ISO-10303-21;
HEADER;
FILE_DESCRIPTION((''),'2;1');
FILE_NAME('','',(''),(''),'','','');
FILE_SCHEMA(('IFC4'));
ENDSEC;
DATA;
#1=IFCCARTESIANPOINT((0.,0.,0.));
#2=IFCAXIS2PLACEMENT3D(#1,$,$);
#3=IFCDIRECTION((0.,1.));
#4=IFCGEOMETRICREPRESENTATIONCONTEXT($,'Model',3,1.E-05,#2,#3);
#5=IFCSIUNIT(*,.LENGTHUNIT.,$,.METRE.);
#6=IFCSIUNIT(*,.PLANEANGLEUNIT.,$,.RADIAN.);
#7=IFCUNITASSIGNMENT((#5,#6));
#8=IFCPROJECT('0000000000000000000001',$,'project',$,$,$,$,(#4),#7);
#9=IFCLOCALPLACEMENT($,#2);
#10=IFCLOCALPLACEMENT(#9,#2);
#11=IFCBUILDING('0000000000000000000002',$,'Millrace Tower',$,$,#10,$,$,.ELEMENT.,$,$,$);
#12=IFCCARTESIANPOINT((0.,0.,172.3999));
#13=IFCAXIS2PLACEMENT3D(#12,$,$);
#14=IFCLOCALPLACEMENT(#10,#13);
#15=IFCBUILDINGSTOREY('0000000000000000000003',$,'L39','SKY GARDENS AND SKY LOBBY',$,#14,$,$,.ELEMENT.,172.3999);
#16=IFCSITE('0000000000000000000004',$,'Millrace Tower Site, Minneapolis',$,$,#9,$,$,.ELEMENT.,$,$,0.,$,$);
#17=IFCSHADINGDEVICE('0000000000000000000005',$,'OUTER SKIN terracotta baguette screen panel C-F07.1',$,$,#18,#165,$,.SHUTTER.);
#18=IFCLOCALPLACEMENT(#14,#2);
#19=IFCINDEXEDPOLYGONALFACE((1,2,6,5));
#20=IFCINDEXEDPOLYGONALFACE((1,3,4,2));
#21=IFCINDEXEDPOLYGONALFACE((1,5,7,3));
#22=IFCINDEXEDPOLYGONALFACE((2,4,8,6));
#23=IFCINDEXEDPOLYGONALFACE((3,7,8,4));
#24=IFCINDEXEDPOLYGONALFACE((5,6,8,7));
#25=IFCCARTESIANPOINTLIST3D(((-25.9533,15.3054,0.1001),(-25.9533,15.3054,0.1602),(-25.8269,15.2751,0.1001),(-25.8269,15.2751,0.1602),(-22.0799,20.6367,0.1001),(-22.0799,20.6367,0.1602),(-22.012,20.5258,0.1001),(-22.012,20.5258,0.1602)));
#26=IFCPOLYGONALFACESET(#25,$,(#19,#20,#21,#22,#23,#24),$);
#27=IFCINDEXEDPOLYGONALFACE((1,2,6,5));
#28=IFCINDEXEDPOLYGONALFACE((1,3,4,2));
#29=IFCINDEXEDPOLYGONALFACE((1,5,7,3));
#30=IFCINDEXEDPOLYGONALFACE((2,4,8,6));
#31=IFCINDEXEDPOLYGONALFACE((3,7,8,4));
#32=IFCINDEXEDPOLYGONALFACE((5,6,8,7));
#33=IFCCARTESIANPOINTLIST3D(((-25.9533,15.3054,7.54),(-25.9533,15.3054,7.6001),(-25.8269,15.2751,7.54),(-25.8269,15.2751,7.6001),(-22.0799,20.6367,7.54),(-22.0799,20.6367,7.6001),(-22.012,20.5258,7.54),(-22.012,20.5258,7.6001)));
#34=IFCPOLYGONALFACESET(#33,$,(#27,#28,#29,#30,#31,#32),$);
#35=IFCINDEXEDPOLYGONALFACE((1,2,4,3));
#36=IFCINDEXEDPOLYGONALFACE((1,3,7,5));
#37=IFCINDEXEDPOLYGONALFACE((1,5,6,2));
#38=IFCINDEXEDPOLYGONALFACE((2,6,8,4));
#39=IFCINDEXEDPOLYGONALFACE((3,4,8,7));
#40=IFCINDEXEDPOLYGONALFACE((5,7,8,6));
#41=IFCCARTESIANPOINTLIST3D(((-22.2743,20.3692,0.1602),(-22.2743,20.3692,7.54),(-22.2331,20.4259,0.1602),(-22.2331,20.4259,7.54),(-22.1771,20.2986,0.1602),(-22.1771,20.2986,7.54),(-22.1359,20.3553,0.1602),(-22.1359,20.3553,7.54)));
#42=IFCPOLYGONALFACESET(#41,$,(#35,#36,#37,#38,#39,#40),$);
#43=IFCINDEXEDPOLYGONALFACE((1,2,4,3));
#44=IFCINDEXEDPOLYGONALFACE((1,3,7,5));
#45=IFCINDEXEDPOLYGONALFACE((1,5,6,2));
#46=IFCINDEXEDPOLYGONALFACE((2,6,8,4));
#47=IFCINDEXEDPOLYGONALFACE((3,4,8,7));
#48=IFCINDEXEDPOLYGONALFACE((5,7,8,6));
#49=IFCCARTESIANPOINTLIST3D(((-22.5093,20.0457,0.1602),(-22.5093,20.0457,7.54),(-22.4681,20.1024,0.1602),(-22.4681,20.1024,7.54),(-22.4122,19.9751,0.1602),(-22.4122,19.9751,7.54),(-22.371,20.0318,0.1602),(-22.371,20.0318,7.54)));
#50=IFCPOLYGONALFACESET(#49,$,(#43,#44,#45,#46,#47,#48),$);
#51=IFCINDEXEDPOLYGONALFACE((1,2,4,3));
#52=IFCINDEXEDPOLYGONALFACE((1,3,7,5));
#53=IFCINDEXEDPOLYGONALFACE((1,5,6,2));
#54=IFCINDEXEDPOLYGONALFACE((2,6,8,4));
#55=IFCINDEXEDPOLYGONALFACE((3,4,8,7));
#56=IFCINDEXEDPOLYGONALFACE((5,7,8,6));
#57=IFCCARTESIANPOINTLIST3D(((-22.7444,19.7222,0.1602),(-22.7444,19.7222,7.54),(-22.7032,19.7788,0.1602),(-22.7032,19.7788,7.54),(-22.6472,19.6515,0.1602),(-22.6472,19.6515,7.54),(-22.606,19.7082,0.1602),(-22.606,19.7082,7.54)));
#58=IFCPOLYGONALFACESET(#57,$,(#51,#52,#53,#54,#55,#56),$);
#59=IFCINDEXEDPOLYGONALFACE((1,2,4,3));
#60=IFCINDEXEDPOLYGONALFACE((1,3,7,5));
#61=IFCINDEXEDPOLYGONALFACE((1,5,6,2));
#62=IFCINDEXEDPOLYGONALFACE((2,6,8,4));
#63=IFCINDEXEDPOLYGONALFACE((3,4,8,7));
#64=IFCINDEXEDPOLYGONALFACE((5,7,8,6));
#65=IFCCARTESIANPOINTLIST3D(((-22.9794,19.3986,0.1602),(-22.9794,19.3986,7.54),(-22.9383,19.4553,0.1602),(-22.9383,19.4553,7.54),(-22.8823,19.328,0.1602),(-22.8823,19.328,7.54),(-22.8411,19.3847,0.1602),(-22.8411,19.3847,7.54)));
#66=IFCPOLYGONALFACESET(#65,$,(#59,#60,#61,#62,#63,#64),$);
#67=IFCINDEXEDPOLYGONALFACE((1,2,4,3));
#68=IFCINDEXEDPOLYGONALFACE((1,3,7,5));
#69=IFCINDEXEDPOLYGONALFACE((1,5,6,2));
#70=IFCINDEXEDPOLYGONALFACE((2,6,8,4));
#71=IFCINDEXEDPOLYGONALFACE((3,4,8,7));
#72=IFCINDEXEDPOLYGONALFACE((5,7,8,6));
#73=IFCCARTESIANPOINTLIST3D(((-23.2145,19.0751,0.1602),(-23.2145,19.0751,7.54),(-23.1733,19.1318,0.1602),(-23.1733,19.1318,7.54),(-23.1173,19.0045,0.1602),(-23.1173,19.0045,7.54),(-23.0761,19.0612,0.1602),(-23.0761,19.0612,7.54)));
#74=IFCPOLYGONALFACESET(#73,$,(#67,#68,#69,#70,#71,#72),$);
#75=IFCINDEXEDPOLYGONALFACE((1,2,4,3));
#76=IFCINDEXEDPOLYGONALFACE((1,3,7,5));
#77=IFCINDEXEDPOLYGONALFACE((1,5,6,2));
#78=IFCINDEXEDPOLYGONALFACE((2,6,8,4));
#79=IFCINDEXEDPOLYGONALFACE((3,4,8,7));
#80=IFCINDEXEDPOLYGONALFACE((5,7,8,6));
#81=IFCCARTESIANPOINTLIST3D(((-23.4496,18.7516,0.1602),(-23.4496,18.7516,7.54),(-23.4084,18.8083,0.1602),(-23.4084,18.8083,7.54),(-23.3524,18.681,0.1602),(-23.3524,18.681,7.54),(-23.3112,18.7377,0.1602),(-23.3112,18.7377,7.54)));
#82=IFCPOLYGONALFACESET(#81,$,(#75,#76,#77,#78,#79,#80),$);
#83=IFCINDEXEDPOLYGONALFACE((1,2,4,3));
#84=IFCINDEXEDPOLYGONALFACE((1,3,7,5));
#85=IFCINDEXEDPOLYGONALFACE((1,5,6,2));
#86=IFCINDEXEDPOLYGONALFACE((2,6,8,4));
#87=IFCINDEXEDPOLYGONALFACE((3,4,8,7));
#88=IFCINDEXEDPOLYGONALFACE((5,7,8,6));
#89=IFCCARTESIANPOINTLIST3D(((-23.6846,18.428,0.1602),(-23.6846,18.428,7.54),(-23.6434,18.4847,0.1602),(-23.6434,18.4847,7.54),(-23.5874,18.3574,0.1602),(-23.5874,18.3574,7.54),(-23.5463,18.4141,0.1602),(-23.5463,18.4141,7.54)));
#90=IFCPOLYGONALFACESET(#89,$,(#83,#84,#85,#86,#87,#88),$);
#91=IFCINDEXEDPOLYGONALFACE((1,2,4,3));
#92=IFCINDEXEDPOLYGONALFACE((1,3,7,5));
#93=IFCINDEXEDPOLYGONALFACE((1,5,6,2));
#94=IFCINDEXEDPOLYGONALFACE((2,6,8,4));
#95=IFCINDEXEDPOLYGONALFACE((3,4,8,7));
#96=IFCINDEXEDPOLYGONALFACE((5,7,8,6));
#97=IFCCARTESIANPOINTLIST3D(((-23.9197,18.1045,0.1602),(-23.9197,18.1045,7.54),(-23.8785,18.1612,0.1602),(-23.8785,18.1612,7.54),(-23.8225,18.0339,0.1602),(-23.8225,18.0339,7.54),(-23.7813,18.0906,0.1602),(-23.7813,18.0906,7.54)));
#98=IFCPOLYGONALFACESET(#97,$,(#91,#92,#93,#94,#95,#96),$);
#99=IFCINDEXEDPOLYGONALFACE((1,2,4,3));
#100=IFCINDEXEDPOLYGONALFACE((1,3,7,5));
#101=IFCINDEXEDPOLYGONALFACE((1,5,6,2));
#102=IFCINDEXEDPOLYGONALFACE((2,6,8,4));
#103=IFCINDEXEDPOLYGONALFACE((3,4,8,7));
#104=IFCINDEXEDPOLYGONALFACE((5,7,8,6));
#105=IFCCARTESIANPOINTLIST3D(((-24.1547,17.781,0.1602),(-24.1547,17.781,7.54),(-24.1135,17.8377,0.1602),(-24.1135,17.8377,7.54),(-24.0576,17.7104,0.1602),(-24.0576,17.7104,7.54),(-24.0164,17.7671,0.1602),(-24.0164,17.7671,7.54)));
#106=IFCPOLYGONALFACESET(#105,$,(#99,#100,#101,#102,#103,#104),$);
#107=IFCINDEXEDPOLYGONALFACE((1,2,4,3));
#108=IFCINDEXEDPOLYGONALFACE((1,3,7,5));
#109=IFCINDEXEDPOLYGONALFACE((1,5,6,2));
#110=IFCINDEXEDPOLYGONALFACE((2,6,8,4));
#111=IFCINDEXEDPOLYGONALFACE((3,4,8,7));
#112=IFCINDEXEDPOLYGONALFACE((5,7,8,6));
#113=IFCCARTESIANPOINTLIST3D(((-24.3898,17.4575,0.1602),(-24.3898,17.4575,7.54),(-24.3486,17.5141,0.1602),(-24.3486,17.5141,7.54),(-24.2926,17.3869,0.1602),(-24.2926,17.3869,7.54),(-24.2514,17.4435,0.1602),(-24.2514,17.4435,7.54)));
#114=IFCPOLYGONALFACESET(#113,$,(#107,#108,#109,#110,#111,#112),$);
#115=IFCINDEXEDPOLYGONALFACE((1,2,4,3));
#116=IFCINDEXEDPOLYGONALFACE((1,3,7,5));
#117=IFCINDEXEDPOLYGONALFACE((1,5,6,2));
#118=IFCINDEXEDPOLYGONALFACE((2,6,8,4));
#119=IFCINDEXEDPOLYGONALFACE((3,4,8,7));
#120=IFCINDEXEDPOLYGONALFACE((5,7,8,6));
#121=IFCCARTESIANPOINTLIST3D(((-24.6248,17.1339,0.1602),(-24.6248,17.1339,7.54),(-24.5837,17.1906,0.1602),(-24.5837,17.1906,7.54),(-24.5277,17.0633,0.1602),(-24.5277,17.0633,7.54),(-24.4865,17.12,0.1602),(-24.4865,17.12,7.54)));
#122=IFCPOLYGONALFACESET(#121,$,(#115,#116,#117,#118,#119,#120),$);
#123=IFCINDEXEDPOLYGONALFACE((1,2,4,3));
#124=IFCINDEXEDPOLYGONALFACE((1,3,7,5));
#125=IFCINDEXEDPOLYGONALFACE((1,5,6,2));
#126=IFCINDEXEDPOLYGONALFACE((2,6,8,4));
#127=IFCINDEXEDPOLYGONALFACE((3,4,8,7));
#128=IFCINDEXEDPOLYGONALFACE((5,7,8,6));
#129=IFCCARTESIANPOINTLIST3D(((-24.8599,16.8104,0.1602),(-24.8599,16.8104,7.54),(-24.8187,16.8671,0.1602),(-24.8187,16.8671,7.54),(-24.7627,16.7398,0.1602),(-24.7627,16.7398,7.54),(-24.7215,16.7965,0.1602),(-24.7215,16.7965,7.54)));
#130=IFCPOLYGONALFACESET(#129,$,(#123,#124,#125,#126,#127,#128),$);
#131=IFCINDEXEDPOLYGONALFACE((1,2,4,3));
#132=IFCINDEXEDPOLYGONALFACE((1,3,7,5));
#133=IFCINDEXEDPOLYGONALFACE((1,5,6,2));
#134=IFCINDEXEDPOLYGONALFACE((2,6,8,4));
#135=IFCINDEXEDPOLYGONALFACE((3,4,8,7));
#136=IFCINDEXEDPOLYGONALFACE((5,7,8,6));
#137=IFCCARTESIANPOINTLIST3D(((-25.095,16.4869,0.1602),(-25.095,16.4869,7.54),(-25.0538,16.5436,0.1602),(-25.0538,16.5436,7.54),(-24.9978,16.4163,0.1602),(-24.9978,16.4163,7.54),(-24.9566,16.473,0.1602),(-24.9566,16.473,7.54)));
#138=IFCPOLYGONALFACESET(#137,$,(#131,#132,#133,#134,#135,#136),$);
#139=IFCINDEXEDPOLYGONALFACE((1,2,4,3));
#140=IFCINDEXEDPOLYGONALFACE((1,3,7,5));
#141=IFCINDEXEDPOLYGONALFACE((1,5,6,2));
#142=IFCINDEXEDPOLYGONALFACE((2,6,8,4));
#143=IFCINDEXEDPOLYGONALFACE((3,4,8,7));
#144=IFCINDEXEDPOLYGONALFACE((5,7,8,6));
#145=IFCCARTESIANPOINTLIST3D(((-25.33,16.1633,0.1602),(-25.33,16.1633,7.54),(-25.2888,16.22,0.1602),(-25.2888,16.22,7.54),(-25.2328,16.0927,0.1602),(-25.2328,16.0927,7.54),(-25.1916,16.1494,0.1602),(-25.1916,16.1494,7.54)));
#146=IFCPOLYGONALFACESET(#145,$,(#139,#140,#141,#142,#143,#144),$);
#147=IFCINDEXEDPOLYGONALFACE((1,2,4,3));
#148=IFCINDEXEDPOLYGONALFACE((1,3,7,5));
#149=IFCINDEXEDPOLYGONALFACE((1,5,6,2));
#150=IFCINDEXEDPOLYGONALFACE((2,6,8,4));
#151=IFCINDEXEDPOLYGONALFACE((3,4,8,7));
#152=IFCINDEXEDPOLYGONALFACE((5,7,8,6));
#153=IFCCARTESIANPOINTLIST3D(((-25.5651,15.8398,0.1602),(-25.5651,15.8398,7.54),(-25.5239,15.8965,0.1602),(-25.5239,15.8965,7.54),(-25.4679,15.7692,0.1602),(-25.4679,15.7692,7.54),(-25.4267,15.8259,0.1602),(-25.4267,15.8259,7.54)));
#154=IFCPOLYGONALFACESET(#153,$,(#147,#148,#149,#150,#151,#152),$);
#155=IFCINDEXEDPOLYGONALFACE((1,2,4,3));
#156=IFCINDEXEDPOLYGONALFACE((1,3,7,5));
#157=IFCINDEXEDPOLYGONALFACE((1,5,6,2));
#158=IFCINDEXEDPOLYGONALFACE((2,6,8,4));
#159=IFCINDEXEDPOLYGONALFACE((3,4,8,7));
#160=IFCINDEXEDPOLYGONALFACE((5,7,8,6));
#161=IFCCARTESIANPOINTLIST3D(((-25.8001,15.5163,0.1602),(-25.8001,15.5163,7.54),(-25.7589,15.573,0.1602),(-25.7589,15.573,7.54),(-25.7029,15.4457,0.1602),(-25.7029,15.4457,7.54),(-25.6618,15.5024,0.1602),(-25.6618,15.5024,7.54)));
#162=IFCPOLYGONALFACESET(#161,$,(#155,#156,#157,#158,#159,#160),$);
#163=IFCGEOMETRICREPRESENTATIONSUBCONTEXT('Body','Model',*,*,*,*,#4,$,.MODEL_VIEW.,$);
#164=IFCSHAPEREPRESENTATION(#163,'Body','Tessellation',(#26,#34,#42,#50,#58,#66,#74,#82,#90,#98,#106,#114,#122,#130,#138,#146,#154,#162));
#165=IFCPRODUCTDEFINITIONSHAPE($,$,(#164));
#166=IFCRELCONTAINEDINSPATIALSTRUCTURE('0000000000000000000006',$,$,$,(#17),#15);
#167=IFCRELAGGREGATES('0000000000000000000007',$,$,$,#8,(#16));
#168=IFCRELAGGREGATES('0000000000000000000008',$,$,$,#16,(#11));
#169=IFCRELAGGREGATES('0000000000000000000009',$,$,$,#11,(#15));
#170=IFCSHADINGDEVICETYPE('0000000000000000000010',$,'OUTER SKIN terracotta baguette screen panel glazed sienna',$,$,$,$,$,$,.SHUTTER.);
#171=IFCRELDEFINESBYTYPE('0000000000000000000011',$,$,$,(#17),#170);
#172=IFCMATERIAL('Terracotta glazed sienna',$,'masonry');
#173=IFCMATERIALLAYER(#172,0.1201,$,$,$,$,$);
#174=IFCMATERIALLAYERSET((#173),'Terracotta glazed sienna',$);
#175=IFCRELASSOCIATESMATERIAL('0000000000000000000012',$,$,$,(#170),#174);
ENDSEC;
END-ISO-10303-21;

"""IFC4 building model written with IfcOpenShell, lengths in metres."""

from ifc_helpers import new_model, entity, si_unit, direction, frame, frame_2d, origin, place, context, subcontext, project, spatial, rectangle, extrude, source, transform, mapped, material, layer, layer_set, type_object, element, save


model = new_model("IFC4")

# Units and contexts
model_context = context("Model", 3, precision=1e-05, world=origin(), true_north=direction((0.0, 1.0)))
body_context = subcontext(model_context, "Body", "Model", "MODEL_VIEW")
ifc_project = project(units=[si_unit("LENGTHUNIT", "METRE"), si_unit("PLANEANGLEUNIT", "RADIAN")], contexts=[model_context])

# Site, building, storey
site_placement = place(None, origin())
site = spatial("IfcSite", under=ifc_project, at=site_placement, Name="Millrace Tower Site, Minneapolis", CompositionType="ELEMENT", RefElevation=0.0)
building_placement = place(site_placement, origin())
building = spatial("IfcBuilding", under=site, at=building_placement, Name="Millrace Tower", CompositionType="ELEMENT")
storey_placement = place(building_placement, frame((0.0, 0.0, 172.3999)))
storey = spatial("IfcBuildingStorey", under=building, at=storey_placement, Name="L39", Description="SKY GARDENS AND SKY LOBBY", CompositionType="ELEMENT", Elevation=172.3999)

# Shading device
ifc_material_1 = material(Name="Terracotta glazed sienna", Category="masonry")
ifc_layer_1 = layer(ifc_material_1, 0.1201)
ifc_layer_set_1 = layer_set([ifc_layer_1], Name="Terracotta glazed sienna")
shading_device_type = type_object("IfcShadingDeviceType", Name="OUTER SKIN terracotta baguette screen panel glazed sienna", PredefinedType="SHUTTER", material=ifc_layer_set_1)
cartesian_point_1 = entity("IfcCartesianPoint", [-3.2451, 0.0601])
shared_polyline_1 = entity("IfcPolyline", [cartesian_point_1, entity("IfcCartesianPoint", [3.2451, 0.0601]), entity("IfcCartesianPoint", [3.2949, -0.0601]), entity("IfcCartesianPoint", [-3.2949, -0.0601]), cartesian_point_1])
shared_shape_1 = source(origin(), body_context, "Body", "SweptSolid", [
    entity("IfcExtrudedAreaSolid", entity("IfcArbitraryClosedProfileDef", "AREA", None, shared_polyline_1), entity("IfcAxis2Placement3D", entity("IfcCartesianPoint", [0.0, 0.0, 0.0])), entity("IfcDirection", [0.0, 0.0, 1.0]), 0.0601),
    entity("IfcExtrudedAreaSolid", entity("IfcArbitraryClosedProfileDef", "AREA", None, shared_polyline_1), entity("IfcAxis2Placement3D", entity("IfcCartesianPoint", [0.0, 0.0, 7.4399])), entity("IfcDirection", [0.0, 0.0, 1.0]), 0.0601),
    extrude(rectangle(XDim=0.0701, YDim=0.1201, at=frame_2d((-2.9993, 0.0))), frame((0.0, 0.0, 0.0601)), (0.0, 0.0, 1.0), 7.3799),
    extrude(rectangle(XDim=0.0701, YDim=0.1201, at=frame_2d((-2.5994, 0.0))), frame((0.0, 0.0, 0.0601)), (0.0, 0.0, 1.0), 7.3799),
    extrude(rectangle(XDim=0.0701, YDim=0.1201, at=frame_2d((-2.1995, 0.0))), frame((0.0, 0.0, 0.0601)), (0.0, 0.0, 1.0), 7.3799),
    extrude(rectangle(XDim=0.0701, YDim=0.1201, at=frame_2d((-1.7996, 0.0))), frame((0.0, 0.0, 0.0601)), (0.0, 0.0, 1.0), 7.3799),
    extrude(rectangle(XDim=0.0701, YDim=0.1201, at=frame_2d((-1.3997, 0.0))), frame((0.0, 0.0, 0.0601)), (0.0, 0.0, 1.0), 7.3799),
    extrude(rectangle(XDim=0.0701, YDim=0.1201, at=frame_2d((-0.9998, 0.0))), frame((0.0, 0.0, 0.0601)), (0.0, 0.0, 1.0), 7.3799),
    extrude(rectangle(XDim=0.0701, YDim=0.1201, at=frame_2d((-0.5999, 0.0))), frame((0.0, 0.0, 0.0601)), (0.0, 0.0, 1.0), 7.3799),
    extrude(rectangle(XDim=0.0701, YDim=0.1201, at=frame_2d((-0.2, 0.0))), frame((0.0, 0.0, 0.0601)), (0.0, 0.0, 1.0), 7.3799),
    extrude(rectangle(XDim=0.0701, YDim=0.1201, at=frame_2d((0.2, 0.0))), frame((0.0, 0.0, 0.0601)), (0.0, 0.0, 1.0), 7.3799),
    extrude(rectangle(XDim=0.0701, YDim=0.1201, at=frame_2d((0.5999, 0.0))), frame((0.0, 0.0, 0.0601)), (0.0, 0.0, 1.0), 7.3799),
    extrude(rectangle(XDim=0.0701, YDim=0.1201, at=frame_2d((0.9998, 0.0))), frame((0.0, 0.0, 0.0601)), (0.0, 0.0, 1.0), 7.3799),
    extrude(rectangle(XDim=0.0701, YDim=0.1201, at=frame_2d((1.3997, 0.0))), frame((0.0, 0.0, 0.0601)), (0.0, 0.0, 1.0), 7.3799),
    extrude(rectangle(XDim=0.0701, YDim=0.1201, at=frame_2d((1.7996, 0.0))), frame((0.0, 0.0, 0.0601)), (0.0, 0.0, 1.0), 7.3799),
    extrude(rectangle(XDim=0.0701, YDim=0.1201, at=frame_2d((2.1995, 0.0))), frame((0.0, 0.0, 0.0601)), (0.0, 0.0, 1.0), 7.3799),
    extrude(rectangle(XDim=0.0701, YDim=0.1201, at=frame_2d((2.5994, 0.0))), frame((0.0, 0.0, 0.0601)), (0.0, 0.0, 1.0), 7.3799),
    extrude(rectangle(XDim=0.0701, YDim=0.1201, at=frame_2d((2.9993, 0.0))), frame((0.0, 0.0, 0.0601)), (0.0, 0.0, 1.0), 7.3799),
])
shading_device_1_placement = place(storey_placement, frame((-23.968, 17.9358, 0.1001), z_axis=(0.0, 0.0, 1.0), x_axis=(-0.587785, -0.809017, 0.0)))
element("IfcShadingDevice", 1, at=shading_device_1_placement, inside=storey, type_object=shading_device_type, Name="OUTER SKIN terracotta baguette screen panel C-F07.1", PredefinedType="SHUTTER", context=body_context, shape_type="MappedRepresentation", body=[
    mapped(shared_shape_1, transform((0.0, 0.0, 0.0), scale=1.0)),
])

save(model, "model.ifc")
